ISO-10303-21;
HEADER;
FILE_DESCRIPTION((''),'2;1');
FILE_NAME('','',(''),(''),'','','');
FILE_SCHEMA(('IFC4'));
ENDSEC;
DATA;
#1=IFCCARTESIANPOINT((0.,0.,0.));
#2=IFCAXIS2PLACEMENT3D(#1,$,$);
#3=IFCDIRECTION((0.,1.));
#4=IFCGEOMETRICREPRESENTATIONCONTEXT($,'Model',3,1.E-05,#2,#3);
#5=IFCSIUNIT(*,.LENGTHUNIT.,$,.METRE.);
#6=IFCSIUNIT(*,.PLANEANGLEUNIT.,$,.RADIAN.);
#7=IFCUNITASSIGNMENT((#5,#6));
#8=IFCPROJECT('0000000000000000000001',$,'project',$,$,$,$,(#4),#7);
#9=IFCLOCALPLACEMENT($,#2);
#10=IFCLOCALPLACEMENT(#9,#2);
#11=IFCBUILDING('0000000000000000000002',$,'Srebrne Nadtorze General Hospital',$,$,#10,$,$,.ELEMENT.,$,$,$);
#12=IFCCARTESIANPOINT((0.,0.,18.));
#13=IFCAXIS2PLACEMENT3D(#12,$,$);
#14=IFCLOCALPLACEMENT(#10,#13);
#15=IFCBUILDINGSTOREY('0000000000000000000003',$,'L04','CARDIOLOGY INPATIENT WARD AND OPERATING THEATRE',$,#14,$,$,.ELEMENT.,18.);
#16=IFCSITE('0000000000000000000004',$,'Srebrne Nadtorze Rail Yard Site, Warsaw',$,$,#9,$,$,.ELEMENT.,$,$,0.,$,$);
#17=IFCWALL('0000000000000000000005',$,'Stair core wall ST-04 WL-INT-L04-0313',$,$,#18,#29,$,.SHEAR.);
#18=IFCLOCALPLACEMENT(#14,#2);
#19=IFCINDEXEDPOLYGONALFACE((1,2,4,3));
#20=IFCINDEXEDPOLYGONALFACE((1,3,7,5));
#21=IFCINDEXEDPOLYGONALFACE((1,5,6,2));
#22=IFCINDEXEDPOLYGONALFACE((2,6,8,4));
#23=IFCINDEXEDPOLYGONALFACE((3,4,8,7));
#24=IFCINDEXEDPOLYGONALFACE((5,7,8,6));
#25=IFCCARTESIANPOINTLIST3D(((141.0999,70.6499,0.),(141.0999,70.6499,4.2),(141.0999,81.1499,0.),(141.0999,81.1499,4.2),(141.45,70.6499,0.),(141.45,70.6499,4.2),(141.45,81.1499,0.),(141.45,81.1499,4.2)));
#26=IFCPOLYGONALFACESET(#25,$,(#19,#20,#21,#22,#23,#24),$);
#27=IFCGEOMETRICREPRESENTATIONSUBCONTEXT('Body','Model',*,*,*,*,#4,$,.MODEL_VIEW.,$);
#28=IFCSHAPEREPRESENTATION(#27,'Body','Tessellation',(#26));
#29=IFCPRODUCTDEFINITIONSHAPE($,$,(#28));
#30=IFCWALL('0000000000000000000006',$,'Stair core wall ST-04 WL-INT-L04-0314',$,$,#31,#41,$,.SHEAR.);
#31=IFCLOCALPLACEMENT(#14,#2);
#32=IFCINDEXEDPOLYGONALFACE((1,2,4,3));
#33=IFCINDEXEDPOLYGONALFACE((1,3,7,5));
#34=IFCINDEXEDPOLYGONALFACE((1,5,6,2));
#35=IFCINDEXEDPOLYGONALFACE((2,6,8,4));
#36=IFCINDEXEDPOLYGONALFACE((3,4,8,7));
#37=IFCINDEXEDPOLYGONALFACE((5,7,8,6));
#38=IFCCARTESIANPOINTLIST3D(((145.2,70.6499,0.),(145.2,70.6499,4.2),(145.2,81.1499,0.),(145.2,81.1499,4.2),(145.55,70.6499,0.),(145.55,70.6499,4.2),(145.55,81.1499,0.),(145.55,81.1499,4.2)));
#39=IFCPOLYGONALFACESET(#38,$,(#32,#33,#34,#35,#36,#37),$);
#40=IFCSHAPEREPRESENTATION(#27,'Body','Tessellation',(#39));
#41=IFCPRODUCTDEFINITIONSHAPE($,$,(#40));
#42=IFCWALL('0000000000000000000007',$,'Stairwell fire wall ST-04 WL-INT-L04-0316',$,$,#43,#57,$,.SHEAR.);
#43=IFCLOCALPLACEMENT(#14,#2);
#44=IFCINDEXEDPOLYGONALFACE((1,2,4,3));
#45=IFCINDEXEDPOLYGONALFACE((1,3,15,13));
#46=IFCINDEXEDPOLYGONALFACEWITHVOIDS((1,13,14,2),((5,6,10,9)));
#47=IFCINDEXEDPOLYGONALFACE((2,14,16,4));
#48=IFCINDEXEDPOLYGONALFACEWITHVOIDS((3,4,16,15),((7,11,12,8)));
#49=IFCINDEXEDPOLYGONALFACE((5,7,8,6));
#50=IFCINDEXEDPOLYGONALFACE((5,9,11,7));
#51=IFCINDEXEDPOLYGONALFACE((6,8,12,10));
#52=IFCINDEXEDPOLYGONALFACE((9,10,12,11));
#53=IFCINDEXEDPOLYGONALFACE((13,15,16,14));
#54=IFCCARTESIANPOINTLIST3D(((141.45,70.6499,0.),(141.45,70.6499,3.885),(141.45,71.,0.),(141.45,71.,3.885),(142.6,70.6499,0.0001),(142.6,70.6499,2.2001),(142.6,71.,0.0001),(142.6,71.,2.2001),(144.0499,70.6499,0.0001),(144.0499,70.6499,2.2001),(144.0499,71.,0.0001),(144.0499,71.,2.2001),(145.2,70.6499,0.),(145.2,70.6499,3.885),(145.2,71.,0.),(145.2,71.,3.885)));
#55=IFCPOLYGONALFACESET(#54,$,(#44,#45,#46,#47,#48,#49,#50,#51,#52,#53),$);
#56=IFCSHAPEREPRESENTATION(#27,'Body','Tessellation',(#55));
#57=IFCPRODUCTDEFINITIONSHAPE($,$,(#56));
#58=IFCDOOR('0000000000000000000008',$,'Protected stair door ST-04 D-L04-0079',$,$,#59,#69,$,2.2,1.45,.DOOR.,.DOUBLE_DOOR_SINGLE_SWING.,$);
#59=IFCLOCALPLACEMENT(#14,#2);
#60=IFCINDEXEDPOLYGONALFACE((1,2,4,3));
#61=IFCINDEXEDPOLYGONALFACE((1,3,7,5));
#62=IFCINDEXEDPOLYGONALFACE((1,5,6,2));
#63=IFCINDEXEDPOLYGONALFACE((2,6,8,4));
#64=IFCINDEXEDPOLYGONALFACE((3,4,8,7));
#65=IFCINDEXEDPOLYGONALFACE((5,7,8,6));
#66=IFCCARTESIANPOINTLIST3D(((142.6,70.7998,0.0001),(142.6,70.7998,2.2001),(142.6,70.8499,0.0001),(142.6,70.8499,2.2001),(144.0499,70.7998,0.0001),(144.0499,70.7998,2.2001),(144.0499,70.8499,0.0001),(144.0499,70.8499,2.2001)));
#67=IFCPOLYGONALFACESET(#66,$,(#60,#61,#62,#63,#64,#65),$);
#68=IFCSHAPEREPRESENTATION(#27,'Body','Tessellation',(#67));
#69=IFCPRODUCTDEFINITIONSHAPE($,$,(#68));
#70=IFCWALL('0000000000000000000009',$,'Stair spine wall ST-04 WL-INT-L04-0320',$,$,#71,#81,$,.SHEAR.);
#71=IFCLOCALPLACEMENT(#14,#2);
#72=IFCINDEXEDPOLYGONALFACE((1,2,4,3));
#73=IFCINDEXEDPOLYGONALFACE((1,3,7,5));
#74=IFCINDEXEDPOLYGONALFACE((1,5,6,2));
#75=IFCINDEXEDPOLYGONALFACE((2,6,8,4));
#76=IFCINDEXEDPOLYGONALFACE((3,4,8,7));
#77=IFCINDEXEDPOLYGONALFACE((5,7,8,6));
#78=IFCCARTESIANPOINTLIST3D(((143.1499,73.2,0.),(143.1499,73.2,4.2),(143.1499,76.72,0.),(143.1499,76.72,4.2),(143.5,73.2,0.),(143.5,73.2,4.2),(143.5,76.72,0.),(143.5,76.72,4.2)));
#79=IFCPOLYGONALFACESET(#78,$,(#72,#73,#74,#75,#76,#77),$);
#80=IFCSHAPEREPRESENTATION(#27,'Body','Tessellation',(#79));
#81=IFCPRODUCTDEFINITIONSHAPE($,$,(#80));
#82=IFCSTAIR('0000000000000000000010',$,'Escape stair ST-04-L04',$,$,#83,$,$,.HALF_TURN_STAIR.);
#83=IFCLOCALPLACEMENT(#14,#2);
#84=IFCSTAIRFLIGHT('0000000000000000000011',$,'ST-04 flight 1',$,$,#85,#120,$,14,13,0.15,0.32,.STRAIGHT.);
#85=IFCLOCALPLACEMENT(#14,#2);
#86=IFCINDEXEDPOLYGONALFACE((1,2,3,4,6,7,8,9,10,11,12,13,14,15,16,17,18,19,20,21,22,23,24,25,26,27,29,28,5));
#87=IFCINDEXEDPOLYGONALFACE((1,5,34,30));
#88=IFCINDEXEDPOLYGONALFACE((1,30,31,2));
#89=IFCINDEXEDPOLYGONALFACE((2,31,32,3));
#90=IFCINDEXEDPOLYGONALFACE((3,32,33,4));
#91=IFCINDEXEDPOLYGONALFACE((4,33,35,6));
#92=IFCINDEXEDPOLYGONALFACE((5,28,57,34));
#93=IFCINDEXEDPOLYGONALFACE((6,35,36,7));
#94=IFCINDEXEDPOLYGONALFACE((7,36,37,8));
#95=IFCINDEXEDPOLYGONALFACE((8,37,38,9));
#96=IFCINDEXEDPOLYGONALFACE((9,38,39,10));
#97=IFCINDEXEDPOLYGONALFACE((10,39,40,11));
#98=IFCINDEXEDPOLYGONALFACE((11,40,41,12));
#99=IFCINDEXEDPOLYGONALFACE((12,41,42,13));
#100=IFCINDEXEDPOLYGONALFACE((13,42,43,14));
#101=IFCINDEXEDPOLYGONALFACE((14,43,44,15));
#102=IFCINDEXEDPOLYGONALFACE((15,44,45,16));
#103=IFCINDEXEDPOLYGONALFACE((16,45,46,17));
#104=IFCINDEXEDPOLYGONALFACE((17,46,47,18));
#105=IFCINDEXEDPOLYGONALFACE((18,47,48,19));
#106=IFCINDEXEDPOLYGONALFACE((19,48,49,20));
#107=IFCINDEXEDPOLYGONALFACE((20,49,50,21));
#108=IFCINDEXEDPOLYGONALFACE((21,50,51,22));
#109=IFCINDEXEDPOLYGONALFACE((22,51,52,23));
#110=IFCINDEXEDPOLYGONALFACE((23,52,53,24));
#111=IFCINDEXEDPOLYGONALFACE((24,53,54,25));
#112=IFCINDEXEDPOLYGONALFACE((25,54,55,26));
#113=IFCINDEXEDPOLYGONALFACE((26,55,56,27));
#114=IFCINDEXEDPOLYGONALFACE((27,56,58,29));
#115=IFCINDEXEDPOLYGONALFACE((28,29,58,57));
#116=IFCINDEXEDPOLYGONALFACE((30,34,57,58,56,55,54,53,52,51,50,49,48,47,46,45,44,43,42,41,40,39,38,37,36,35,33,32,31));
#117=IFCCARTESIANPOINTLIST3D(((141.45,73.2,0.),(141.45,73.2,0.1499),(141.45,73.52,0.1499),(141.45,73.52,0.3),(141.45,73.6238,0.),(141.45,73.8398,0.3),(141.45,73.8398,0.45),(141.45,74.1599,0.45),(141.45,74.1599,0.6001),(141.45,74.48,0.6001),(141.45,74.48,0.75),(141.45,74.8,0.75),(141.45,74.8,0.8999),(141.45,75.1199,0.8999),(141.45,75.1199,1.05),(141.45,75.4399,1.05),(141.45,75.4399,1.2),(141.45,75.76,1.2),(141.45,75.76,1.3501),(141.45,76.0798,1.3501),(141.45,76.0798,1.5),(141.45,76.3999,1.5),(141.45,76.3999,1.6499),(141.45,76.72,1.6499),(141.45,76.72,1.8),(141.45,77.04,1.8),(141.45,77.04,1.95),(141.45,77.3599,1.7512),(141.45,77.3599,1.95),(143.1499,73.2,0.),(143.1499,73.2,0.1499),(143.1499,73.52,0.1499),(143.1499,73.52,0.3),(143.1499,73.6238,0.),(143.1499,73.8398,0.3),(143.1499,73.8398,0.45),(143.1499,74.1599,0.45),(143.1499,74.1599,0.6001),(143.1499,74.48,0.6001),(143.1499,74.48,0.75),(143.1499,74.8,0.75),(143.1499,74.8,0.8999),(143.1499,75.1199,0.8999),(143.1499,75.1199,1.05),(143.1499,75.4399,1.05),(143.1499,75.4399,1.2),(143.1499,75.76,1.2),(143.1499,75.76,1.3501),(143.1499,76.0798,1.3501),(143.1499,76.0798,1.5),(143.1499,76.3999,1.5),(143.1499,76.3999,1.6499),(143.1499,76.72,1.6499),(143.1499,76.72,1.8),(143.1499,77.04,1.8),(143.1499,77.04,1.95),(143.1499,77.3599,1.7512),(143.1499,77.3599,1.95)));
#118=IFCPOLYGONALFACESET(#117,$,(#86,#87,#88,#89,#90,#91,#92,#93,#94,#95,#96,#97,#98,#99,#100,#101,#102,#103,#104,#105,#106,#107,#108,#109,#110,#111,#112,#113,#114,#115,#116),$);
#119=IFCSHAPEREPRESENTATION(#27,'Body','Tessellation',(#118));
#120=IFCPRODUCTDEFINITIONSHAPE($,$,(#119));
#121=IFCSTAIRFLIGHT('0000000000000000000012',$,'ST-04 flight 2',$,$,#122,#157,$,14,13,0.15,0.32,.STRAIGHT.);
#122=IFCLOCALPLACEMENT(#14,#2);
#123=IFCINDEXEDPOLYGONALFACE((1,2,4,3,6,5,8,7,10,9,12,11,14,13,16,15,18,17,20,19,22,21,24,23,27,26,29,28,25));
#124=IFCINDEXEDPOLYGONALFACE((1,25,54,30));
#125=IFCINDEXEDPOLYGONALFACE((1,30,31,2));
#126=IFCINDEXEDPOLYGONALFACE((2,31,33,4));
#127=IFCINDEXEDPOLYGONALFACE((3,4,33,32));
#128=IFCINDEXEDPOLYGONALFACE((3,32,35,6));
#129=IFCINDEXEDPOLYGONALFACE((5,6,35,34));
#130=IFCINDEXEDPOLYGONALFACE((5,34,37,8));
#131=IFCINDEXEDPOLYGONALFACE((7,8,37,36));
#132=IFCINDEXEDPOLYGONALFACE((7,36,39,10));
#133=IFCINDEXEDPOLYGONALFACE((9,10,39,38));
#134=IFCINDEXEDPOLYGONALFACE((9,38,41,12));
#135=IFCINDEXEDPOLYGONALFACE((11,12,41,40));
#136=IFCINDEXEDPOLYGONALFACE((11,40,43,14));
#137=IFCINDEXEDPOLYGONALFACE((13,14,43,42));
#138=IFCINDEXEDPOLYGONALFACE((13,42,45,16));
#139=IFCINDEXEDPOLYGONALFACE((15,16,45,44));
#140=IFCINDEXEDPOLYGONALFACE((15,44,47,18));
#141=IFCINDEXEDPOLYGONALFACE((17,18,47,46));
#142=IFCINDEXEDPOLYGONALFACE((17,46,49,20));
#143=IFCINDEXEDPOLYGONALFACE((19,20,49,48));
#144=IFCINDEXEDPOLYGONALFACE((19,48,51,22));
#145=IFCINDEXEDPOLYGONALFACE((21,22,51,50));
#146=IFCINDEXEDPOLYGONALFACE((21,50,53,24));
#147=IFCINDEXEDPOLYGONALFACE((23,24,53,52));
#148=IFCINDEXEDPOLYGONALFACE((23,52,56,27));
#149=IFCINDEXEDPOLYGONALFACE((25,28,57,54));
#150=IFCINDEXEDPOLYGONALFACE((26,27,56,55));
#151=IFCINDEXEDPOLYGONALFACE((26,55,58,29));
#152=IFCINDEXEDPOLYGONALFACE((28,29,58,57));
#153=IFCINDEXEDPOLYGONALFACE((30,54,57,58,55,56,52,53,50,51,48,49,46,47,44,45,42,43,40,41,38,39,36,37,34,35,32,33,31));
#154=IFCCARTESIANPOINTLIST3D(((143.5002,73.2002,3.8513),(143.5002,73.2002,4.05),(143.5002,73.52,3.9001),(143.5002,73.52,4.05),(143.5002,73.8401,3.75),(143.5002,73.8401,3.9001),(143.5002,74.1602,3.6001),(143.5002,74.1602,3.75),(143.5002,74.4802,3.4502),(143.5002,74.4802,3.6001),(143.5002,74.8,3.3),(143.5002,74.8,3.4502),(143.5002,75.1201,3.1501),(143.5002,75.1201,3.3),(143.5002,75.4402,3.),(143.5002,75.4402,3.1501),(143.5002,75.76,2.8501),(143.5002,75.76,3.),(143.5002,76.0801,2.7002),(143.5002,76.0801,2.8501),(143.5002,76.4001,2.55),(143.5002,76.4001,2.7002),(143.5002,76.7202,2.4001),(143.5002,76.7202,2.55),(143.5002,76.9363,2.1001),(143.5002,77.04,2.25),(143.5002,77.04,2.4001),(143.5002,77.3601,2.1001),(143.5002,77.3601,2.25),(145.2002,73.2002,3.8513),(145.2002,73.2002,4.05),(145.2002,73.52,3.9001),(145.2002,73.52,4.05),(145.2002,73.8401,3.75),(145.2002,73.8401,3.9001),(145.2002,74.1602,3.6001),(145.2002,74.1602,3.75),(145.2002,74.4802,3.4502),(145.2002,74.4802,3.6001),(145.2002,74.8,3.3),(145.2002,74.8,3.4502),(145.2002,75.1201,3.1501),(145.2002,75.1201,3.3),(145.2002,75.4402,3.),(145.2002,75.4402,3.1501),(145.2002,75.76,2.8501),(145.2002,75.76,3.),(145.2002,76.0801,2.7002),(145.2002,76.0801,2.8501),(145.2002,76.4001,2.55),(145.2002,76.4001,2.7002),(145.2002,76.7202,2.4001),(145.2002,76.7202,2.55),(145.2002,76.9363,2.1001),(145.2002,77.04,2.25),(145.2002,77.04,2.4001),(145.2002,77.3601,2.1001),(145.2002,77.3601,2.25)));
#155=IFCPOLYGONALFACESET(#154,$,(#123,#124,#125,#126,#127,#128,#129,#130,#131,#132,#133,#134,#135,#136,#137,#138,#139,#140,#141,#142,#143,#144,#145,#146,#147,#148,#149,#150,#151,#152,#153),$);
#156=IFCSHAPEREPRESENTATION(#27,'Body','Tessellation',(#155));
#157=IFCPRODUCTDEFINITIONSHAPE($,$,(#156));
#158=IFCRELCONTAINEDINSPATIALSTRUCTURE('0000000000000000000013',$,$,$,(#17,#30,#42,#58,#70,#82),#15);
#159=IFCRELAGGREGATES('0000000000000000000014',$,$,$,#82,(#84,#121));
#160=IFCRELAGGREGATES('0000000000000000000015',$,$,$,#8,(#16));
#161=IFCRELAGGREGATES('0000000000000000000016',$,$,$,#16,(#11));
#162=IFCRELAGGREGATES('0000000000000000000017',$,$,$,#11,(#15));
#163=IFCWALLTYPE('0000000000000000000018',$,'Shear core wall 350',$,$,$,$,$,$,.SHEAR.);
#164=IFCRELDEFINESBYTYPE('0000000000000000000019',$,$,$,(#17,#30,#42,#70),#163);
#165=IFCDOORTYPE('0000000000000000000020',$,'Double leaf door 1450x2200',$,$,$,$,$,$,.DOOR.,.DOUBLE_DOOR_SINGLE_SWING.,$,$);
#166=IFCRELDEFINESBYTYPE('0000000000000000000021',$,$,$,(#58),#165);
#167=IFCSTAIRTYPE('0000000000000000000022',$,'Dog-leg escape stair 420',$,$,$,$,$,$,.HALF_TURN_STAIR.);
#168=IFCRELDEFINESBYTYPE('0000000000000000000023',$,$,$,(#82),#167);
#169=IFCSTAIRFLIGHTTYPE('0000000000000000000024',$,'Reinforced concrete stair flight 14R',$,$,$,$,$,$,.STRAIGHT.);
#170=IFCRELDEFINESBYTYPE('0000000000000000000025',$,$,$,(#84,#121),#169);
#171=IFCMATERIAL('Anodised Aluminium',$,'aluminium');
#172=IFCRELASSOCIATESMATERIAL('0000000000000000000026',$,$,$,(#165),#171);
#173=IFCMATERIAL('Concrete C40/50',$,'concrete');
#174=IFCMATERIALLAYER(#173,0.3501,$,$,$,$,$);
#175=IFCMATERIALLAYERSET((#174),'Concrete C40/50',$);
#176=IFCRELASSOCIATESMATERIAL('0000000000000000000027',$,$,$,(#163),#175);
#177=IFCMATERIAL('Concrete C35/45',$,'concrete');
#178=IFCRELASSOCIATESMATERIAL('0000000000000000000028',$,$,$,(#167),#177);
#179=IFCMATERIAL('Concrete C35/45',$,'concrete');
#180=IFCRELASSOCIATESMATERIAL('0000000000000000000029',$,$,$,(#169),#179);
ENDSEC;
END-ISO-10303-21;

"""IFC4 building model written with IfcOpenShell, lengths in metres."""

from ifc_helpers import new_model, si_unit, direction, frame, frame_2d, origin, place, context, subcontext, project, spatial, polyline, rectangle, outline, extrude, material, layer, layer_set, type_object, element, fill, aggregate, save


model = new_model("IFC4")

# Units and contexts
model_context = context("Model", 3, precision=1e-05, world=origin(), true_north=direction((0.0, 1.0)))
body_context = subcontext(model_context, "Body", "Model", "MODEL_VIEW")
ifc_project = project(units=[si_unit("LENGTHUNIT", "METRE"), si_unit("PLANEANGLEUNIT", "RADIAN")], contexts=[model_context])

# Site, building, storey
site_placement = place(None, origin())
site = spatial("IfcSite", under=ifc_project, at=site_placement, Name="Srebrne Nadtorze Rail Yard Site, Warsaw", CompositionType="ELEMENT", RefElevation=0.0)
building_placement = place(site_placement, origin())
building = spatial("IfcBuilding", under=site, at=building_placement, Name="Srebrne Nadtorze General Hospital", CompositionType="ELEMENT")
storey_placement = place(building_placement, frame((0.0, 0.0, 18.0)))
storey = spatial("IfcBuildingStorey", under=building, at=storey_placement, Name="L04", Description="CARDIOLOGY INPATIENT WARD AND OPERATING THEATRE", CompositionType="ELEMENT", Elevation=18.0)

# Shared definitions
ifc_material_1 = material(Name="Anodised Aluminium", Category="aluminium")
door_type_1 = type_object("IfcDoorType", Name="Double leaf door 1450x2200", OperationType="DOUBLE_DOOR_SINGLE_SWING", PredefinedType="DOOR", material=ifc_material_1)

# Walls
ifc_material_2 = material(Name="Concrete C40/50", Category="concrete")
ifc_layer_1 = layer(ifc_material_2, 0.3501)
ifc_layer_set_1 = layer_set([ifc_layer_1], Name="Concrete C40/50")
wall_type_1 = type_object("IfcWallType", Name="Shear core wall 350", PredefinedType="SHEAR", material=ifc_layer_set_1)
for number, where, z_axis, x_axis, name in (
    (1, (141.2749, 70.6499, 0.0), (0.0, 0.0, 1.0), (0.0, 1.0, 0.0), "Stair core wall ST-04 WL-INT-L04-0313"),
    (2, (145.375, 70.6499, 0.0), (0.0, 0.0, 1.0), (0.0, 1.0, 0.0), "Stair core wall ST-04 WL-INT-L04-0314"),
):
    element("IfcWall", number, at=place(storey_placement, frame(where, z_axis=z_axis, x_axis=x_axis)), inside=storey, type_object=wall_type_1, Name=name, PredefinedType="SHEAR", context=body_context, shape_type="SweptSolid", body=[
        extrude(rectangle(XDim=10.5, YDim=0.3501, at=frame_2d((5.25, 0.0))), origin(), (0.0, 0.0, 1.0), 4.2),
    ])

# Wall, opening, door
wall_1_placement = place(storey_placement, frame((141.45, 70.825, 0.0), z_axis=(0.0, 0.0, 1.0), x_axis=(1.0, 0.0, 0.0)))
wall_1 = element("IfcWall", 3, at=wall_1_placement, inside=storey, type_object=wall_type_1, Name="Stairwell fire wall ST-04 WL-INT-L04-0316", PredefinedType="SHEAR", context=body_context, shape_type="SweptSolid", body=[
    extrude(rectangle(XDim=3.75, YDim=0.3501, at=frame_2d((1.875, 0.0))), origin(), (0.0, 0.0, 1.0), 3.885),
])
opening_1_placement = place(wall_1_placement, frame((1.1499, 0.0, 0.0)))
opening_1 = element("IfcOpeningElement", 4, at=opening_1_placement, cuts=wall_1, PredefinedType="OPENING", context=body_context, shape_type="SweptSolid", body=[
    extrude(rectangle(XDim=1.45, YDim=2.2, at=frame_2d((0.7251, 1.1001))), frame((0.0, 0.187, 0.0), z_axis=(0.0, -1.0, 0.0), x_axis=(1.0, 0.0, 0.0)), (0.0, 0.0, 1.0), 0.374),
])
door_1_placement = place(opening_1_placement, origin())
door_1 = element("IfcDoor", 5, at=door_1_placement, inside=storey, type_object=door_type_1, Name="Protected stair door ST-04 D-L04-0079", OperationType="DOUBLE_DOOR_SINGLE_SWING", OverallHeight=2.2, OverallWidth=1.45, PredefinedType="DOOR", context=body_context, shape_type="SweptSolid", body=[
    extrude(rectangle(XDim=1.45, YDim=2.2, at=frame_2d((0.7251, 1.1001))), frame((0.0, 0.0249, 0.0), z_axis=(0.0, -1.0, 0.0), x_axis=(1.0, 0.0, 0.0)), (0.0, 0.0, 1.0), 0.05),
])
fill(opening_1, door_1)

# Wall
wall_2_placement = place(storey_placement, frame((143.325, 73.2, 0.0), z_axis=(0.0, 0.0, 1.0), x_axis=(0.0, 1.0, 0.0)))
element("IfcWall", 6, at=wall_2_placement, inside=storey, type_object=wall_type_1, Name="Stair spine wall ST-04 WL-INT-L04-0320", PredefinedType="SHEAR", context=body_context, shape_type="SweptSolid", body=[
    extrude(rectangle(XDim=3.52, YDim=0.3501, at=frame_2d((1.76, 0.0))), origin(), (0.0, 0.0, 1.0), 4.2),
])

# Stair, stair flights
ifc_material_3 = material(Name="Concrete C35/45", Category="concrete")
stair_type = type_object("IfcStairType", Name="Dog-leg escape stair 420", PredefinedType="HALF_TURN_STAIR", material=ifc_material_3)
stair_placement = place(storey_placement, origin())
stair = element("IfcStair", 7, at=stair_placement, inside=storey, type_object=stair_type, Name="Escape stair ST-04-L04", PredefinedType="HALF_TURN_STAIR")
ifc_material_4 = material(Name="Concrete C35/45", Category="concrete")
stair_flight_type = type_object("IfcStairFlightType", Name="Reinforced concrete stair flight 14R", PredefinedType="STRAIGHT", material=ifc_material_4)
stair_flight_1_placement = place(storey_placement, frame((142.3, 73.2, 0.0), z_axis=(0.0, 0.0, 1.0), x_axis=(0.0, 1.0, 0.0)))
stair_flight_1 = element("IfcStairFlight", 8, at=stair_flight_1_placement, type_object=stair_flight_type, Name="ST-04 flight 1", NumberOfRisers=14, NumberOfTreads=13, PredefinedType="STRAIGHT", RiserHeight=0.15, TreadLength=0.32, context=body_context, shape_type="SweptSolid", body=[
    extrude(outline(polyline([(0.0, 0.0), (0.0, 0.1499), (0.3201, 0.1499), (0.3201, 0.3), (0.6399, 0.3), (0.6399, 0.45), (0.96, 0.45), (0.96, 0.6001), (1.28, 0.6001), (1.28, 0.75), (1.6001, 0.75), (1.6001, 0.8999), (1.9199, 0.8999), (1.9199, 1.05), (2.24, 1.05), (2.24, 1.2), (2.5601, 1.2), (2.5601, 1.3501), (2.8799, 1.3501), (2.8799, 1.5), (3.2, 1.5), (3.2, 1.6499), (3.52, 1.6499), (3.52, 1.8), (3.8401, 1.8), (3.8401, 1.95), (4.1599, 1.95), (4.1599, 2.1001), (4.1599, 1.7512), (0.4238, 0.0), (0.0, 0.0)])), frame((0.0, 0.8501, 0.0), z_axis=(0.0, -1.0, 0.0), x_axis=(1.0, 0.0, 0.0)), (0.0, 0.0, 1.0), 1.7),
])
stair_flight_2_placement = place(storey_placement, frame((144.3501, 77.3601, 2.1001), z_axis=(0.0, 0.0, 1.0), x_axis=(0.0, -1.0, 0.0)))
stair_flight_2 = element("IfcStairFlight", 9, at=stair_flight_2_placement, type_object=stair_flight_type, Name="ST-04 flight 2", NumberOfRisers=14, NumberOfTreads=13, PredefinedType="STRAIGHT", RiserHeight=0.15, TreadLength=0.32, context=body_context, shape_type="SweptSolid", body=[
    extrude(outline(polyline([(0.0, 0.0), (0.0, 0.1499), (0.3201, 0.1499), (0.3201, 0.3), (0.6399, 0.3), (0.6399, 0.45), (0.96, 0.45), (0.96, 0.6001), (1.28, 0.6001), (1.28, 0.75), (1.6001, 0.75), (1.6001, 0.8999), (1.9199, 0.8999), (1.9199, 1.05), (2.24, 1.05), (2.24, 1.2), (2.5601, 1.2), (2.5601, 1.3501), (2.8799, 1.3501), (2.8799, 1.5), (3.2, 1.5), (3.2, 1.6499), (3.52, 1.6499), (3.52, 1.8), (3.8401, 1.8), (3.8401, 1.95), (4.1599, 1.95), (4.1599, 2.1001), (4.1599, 1.7512), (0.4238, 0.0), (0.0, 0.0)])), frame((0.0, 0.8501, 0.0), z_axis=(0.0, -1.0, 0.0), x_axis=(1.0, 0.0, 0.0)), (0.0, 0.0, 1.0), 1.7),
])
aggregate(stair, [stair_flight_1, stair_flight_2])

save(model, "model.ifc")
